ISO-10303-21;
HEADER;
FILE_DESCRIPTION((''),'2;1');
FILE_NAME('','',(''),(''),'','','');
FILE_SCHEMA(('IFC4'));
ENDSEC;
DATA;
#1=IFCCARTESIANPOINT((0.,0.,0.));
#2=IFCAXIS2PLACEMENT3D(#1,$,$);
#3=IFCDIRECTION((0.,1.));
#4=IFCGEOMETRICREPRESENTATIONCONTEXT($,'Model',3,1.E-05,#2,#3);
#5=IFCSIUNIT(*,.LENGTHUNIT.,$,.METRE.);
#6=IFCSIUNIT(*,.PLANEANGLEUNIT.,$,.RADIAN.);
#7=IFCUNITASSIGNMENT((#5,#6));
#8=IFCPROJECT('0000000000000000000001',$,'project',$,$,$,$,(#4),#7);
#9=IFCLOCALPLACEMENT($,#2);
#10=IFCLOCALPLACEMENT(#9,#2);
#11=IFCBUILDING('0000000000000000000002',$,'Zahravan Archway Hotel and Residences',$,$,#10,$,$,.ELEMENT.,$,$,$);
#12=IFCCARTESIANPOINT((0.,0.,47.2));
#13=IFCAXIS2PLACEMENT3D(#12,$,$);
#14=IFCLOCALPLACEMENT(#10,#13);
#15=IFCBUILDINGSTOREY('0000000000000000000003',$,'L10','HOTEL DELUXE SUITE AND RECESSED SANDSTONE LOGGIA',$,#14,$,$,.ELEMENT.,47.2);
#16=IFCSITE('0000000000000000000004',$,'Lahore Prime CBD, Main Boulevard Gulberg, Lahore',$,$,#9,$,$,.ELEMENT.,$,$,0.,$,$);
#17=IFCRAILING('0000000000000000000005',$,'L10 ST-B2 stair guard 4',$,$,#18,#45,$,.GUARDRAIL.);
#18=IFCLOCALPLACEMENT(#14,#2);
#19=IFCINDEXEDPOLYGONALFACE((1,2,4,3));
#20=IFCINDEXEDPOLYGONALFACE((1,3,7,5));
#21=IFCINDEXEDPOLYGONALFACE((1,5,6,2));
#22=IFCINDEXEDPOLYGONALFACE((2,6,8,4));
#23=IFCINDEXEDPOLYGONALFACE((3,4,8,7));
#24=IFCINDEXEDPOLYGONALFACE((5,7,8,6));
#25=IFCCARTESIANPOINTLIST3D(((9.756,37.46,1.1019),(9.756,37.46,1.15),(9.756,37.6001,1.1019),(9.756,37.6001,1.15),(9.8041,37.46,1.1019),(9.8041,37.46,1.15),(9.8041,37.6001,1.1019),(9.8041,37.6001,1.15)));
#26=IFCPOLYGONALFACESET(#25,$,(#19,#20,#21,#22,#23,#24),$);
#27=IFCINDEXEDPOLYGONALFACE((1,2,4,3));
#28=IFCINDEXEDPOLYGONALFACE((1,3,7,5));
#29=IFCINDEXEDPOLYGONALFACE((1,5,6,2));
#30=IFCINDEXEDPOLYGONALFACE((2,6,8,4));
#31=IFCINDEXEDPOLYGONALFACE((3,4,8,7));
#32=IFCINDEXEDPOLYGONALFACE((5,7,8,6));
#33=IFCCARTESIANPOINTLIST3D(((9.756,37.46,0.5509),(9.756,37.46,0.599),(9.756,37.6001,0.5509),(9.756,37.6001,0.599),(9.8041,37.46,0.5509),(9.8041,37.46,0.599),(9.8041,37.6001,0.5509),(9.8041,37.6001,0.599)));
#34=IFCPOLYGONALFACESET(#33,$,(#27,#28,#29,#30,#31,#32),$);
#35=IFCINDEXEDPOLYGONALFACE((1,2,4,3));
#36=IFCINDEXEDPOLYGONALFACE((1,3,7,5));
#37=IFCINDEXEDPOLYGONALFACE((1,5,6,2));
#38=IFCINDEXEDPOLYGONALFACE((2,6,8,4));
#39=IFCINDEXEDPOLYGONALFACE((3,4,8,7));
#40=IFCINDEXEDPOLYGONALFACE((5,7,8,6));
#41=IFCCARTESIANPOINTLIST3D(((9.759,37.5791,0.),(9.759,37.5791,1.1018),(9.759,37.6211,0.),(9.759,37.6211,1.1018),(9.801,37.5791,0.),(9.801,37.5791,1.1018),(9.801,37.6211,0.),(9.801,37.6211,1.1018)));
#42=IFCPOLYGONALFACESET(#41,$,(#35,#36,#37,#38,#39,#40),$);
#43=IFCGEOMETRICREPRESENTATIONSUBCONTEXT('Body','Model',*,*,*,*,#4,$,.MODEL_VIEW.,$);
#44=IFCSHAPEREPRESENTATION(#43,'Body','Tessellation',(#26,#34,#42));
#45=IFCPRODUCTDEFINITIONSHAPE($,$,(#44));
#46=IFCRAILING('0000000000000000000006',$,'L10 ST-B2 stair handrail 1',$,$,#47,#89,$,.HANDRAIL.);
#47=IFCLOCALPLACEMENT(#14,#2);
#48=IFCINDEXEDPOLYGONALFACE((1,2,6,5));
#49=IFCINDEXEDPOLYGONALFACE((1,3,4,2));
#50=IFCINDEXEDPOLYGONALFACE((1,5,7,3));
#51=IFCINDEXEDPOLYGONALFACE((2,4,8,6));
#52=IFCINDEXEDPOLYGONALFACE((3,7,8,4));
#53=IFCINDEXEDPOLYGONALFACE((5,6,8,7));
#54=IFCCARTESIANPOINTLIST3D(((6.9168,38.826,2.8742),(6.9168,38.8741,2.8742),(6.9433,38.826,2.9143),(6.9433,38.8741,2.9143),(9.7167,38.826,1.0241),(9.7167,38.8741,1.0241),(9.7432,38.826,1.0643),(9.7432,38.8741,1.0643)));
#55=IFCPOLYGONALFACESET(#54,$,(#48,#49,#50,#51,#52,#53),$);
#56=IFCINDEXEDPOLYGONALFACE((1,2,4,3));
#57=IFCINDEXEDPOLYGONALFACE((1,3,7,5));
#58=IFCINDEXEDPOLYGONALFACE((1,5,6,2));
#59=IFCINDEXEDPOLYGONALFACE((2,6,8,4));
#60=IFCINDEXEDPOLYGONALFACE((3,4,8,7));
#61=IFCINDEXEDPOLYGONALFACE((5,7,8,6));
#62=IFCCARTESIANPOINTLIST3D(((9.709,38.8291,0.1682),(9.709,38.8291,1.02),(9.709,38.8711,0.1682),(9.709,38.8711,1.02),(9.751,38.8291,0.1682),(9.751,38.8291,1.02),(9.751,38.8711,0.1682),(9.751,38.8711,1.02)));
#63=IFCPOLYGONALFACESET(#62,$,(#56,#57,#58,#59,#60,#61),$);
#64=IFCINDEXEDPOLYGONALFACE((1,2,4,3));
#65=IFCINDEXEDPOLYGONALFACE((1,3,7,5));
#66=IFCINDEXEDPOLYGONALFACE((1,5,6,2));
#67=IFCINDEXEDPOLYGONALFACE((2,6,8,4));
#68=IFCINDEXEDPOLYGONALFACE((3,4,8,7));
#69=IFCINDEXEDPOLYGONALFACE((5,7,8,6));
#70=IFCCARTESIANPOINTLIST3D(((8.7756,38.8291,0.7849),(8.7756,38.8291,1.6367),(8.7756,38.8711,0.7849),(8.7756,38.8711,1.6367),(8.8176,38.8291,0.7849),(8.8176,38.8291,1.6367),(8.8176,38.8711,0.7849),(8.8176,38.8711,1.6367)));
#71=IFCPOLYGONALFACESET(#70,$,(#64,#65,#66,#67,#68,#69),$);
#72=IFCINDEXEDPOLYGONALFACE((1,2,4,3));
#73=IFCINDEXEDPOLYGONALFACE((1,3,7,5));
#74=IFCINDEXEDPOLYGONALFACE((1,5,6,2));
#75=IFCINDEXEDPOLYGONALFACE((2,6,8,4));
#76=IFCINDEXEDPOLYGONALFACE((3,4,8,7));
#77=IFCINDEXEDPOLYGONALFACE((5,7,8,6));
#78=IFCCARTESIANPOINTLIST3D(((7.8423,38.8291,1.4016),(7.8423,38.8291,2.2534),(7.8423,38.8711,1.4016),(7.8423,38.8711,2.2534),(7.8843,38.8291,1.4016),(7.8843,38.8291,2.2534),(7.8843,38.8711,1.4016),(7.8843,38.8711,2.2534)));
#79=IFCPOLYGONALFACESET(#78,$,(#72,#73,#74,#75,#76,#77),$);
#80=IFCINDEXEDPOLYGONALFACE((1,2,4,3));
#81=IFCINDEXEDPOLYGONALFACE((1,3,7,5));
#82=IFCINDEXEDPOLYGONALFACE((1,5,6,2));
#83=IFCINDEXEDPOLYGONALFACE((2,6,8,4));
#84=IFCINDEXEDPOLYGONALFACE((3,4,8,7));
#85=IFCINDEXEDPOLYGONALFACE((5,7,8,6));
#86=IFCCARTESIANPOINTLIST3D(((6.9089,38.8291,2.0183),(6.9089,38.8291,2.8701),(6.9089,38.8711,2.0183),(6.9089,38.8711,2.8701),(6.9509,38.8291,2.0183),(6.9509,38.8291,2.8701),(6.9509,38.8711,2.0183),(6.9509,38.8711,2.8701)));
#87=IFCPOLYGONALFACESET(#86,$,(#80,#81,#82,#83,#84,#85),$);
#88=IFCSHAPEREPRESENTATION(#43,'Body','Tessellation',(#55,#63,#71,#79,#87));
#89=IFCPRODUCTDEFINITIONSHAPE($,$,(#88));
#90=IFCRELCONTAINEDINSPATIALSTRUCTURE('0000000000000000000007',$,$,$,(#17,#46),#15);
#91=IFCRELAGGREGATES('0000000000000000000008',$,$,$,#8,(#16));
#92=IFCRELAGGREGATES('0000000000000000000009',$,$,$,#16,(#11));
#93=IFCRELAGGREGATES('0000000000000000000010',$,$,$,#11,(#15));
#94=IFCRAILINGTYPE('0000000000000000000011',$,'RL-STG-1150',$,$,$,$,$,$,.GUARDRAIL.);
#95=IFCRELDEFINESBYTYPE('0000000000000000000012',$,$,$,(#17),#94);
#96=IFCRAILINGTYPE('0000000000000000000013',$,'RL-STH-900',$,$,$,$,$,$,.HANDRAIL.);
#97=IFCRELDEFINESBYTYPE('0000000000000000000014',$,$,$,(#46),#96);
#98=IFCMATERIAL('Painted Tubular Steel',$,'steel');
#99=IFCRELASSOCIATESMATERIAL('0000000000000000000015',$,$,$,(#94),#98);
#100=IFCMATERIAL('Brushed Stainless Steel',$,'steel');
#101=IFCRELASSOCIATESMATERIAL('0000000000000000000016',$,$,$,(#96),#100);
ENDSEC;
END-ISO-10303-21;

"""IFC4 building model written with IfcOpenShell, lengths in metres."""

from ifc_helpers import new_model, si_unit, direction, frame, origin, origin_2d, place, context, subcontext, project, spatial, rectangle, extrude, material, type_object, element, save


model = new_model("IFC4")

# Units and contexts
model_context = context("Model", 3, precision=1e-05, world=origin(), true_north=direction((0.0, 1.0)))
body_context = subcontext(model_context, "Body", "Model", "MODEL_VIEW")
ifc_project = project(units=[si_unit("LENGTHUNIT", "METRE"), si_unit("PLANEANGLEUNIT", "RADIAN")], contexts=[model_context])

# Site, building, storey
site_placement = place(None, origin())
site = spatial("IfcSite", under=ifc_project, at=site_placement, Name="Lahore Prime CBD, Main Boulevard Gulberg, Lahore", CompositionType="ELEMENT", RefElevation=0.0)
building_placement = place(site_placement, origin())
building = spatial("IfcBuilding", under=site, at=building_placement, Name="Zahravan Archway Hotel and Residences", CompositionType="ELEMENT")
storey_placement = place(building_placement, frame((0.0, 0.0, 47.2)))
storey = spatial("IfcBuildingStorey", under=building, at=storey_placement, Name="L10", Description="HOTEL DELUXE SUITE AND RECESSED SANDSTONE LOGGIA", CompositionType="ELEMENT", Elevation=47.2)

# Railings
ifc_material_1 = material(Name="Painted Tubular Steel", Category="steel")
railing_type_1 = type_object("IfcRailingType", Name="RL-STG-1150", PredefinedType="GUARDRAIL", material=ifc_material_1)
railing_1_placement = place(storey_placement, frame((9.78, 37.6001, 0.0)))
element("IfcRailing", 1, at=railing_1_placement, inside=storey, type_object=railing_type_1, Name="L10 ST-B2 stair guard 4", PredefinedType="GUARDRAIL", context=body_context, shape_type="SweptSolid", body=[
    extrude(rectangle(XDim=0.0481, YDim=0.0481, at=origin_2d()), frame((0.0, 0.0, 1.126), z_axis=(0.0, -1.0, 0.0), x_axis=(1.0, 0.0, 0.0)), (0.0, 0.0, 1.0), 0.1401),
    extrude(rectangle(XDim=0.0481, YDim=0.0481, at=origin_2d()), frame((0.0, 0.0, 0.575), z_axis=(0.0, -1.0, 0.0), x_axis=(1.0, 0.0, 0.0)), (0.0, 0.0, 1.0), 0.1401),
    extrude(rectangle(XDim=0.042, YDim=0.042, at=origin_2d()), origin(), (0.0, 0.0, 1.0), 1.1018),
])
ifc_material_2 = material(Name="Brushed Stainless Steel", Category="steel")
railing_type_2 = type_object("IfcRailingType", Name="RL-STH-900", PredefinedType="HANDRAIL", material=ifc_material_2)
railing_2_placement = place(storey_placement, frame((9.73, 38.8501, 0.1682)))
element("IfcRailing", 2, at=railing_2_placement, inside=storey, type_object=railing_type_2, Name="L10 ST-B2 stair handrail 1", PredefinedType="HANDRAIL", context=body_context, shape_type="SweptSolid", body=[
    extrude(rectangle(XDim=0.0481, YDim=0.0481, at=origin_2d()), frame((0.0, 0.0, 0.876), z_axis=(-0.834326, 0.0, 0.551271), x_axis=(0.0, -1.0, 0.0)), (0.0, 0.0, 1.0), 3.356),
    extrude(rectangle(XDim=0.042, YDim=0.042, at=origin_2d()), origin(), (0.0, 0.0, 1.0), 0.8518),
    extrude(rectangle(XDim=0.042, YDim=0.042, at=origin_2d()), frame((-0.9333, 0.0, 0.6167)), (0.0, 0.0, 1.0), 0.8518),
    extrude(rectangle(XDim=0.042, YDim=0.042, at=origin_2d()), frame((-1.8667, 0.0, 1.2334)), (0.0, 0.0, 1.0), 0.8518),
    extrude(rectangle(XDim=0.042, YDim=0.042, at=origin_2d()), frame((-2.8, 0.0, 1.8501)), (0.0, 0.0, 1.0), 0.8518),
])

save(model, "model.ifc")
